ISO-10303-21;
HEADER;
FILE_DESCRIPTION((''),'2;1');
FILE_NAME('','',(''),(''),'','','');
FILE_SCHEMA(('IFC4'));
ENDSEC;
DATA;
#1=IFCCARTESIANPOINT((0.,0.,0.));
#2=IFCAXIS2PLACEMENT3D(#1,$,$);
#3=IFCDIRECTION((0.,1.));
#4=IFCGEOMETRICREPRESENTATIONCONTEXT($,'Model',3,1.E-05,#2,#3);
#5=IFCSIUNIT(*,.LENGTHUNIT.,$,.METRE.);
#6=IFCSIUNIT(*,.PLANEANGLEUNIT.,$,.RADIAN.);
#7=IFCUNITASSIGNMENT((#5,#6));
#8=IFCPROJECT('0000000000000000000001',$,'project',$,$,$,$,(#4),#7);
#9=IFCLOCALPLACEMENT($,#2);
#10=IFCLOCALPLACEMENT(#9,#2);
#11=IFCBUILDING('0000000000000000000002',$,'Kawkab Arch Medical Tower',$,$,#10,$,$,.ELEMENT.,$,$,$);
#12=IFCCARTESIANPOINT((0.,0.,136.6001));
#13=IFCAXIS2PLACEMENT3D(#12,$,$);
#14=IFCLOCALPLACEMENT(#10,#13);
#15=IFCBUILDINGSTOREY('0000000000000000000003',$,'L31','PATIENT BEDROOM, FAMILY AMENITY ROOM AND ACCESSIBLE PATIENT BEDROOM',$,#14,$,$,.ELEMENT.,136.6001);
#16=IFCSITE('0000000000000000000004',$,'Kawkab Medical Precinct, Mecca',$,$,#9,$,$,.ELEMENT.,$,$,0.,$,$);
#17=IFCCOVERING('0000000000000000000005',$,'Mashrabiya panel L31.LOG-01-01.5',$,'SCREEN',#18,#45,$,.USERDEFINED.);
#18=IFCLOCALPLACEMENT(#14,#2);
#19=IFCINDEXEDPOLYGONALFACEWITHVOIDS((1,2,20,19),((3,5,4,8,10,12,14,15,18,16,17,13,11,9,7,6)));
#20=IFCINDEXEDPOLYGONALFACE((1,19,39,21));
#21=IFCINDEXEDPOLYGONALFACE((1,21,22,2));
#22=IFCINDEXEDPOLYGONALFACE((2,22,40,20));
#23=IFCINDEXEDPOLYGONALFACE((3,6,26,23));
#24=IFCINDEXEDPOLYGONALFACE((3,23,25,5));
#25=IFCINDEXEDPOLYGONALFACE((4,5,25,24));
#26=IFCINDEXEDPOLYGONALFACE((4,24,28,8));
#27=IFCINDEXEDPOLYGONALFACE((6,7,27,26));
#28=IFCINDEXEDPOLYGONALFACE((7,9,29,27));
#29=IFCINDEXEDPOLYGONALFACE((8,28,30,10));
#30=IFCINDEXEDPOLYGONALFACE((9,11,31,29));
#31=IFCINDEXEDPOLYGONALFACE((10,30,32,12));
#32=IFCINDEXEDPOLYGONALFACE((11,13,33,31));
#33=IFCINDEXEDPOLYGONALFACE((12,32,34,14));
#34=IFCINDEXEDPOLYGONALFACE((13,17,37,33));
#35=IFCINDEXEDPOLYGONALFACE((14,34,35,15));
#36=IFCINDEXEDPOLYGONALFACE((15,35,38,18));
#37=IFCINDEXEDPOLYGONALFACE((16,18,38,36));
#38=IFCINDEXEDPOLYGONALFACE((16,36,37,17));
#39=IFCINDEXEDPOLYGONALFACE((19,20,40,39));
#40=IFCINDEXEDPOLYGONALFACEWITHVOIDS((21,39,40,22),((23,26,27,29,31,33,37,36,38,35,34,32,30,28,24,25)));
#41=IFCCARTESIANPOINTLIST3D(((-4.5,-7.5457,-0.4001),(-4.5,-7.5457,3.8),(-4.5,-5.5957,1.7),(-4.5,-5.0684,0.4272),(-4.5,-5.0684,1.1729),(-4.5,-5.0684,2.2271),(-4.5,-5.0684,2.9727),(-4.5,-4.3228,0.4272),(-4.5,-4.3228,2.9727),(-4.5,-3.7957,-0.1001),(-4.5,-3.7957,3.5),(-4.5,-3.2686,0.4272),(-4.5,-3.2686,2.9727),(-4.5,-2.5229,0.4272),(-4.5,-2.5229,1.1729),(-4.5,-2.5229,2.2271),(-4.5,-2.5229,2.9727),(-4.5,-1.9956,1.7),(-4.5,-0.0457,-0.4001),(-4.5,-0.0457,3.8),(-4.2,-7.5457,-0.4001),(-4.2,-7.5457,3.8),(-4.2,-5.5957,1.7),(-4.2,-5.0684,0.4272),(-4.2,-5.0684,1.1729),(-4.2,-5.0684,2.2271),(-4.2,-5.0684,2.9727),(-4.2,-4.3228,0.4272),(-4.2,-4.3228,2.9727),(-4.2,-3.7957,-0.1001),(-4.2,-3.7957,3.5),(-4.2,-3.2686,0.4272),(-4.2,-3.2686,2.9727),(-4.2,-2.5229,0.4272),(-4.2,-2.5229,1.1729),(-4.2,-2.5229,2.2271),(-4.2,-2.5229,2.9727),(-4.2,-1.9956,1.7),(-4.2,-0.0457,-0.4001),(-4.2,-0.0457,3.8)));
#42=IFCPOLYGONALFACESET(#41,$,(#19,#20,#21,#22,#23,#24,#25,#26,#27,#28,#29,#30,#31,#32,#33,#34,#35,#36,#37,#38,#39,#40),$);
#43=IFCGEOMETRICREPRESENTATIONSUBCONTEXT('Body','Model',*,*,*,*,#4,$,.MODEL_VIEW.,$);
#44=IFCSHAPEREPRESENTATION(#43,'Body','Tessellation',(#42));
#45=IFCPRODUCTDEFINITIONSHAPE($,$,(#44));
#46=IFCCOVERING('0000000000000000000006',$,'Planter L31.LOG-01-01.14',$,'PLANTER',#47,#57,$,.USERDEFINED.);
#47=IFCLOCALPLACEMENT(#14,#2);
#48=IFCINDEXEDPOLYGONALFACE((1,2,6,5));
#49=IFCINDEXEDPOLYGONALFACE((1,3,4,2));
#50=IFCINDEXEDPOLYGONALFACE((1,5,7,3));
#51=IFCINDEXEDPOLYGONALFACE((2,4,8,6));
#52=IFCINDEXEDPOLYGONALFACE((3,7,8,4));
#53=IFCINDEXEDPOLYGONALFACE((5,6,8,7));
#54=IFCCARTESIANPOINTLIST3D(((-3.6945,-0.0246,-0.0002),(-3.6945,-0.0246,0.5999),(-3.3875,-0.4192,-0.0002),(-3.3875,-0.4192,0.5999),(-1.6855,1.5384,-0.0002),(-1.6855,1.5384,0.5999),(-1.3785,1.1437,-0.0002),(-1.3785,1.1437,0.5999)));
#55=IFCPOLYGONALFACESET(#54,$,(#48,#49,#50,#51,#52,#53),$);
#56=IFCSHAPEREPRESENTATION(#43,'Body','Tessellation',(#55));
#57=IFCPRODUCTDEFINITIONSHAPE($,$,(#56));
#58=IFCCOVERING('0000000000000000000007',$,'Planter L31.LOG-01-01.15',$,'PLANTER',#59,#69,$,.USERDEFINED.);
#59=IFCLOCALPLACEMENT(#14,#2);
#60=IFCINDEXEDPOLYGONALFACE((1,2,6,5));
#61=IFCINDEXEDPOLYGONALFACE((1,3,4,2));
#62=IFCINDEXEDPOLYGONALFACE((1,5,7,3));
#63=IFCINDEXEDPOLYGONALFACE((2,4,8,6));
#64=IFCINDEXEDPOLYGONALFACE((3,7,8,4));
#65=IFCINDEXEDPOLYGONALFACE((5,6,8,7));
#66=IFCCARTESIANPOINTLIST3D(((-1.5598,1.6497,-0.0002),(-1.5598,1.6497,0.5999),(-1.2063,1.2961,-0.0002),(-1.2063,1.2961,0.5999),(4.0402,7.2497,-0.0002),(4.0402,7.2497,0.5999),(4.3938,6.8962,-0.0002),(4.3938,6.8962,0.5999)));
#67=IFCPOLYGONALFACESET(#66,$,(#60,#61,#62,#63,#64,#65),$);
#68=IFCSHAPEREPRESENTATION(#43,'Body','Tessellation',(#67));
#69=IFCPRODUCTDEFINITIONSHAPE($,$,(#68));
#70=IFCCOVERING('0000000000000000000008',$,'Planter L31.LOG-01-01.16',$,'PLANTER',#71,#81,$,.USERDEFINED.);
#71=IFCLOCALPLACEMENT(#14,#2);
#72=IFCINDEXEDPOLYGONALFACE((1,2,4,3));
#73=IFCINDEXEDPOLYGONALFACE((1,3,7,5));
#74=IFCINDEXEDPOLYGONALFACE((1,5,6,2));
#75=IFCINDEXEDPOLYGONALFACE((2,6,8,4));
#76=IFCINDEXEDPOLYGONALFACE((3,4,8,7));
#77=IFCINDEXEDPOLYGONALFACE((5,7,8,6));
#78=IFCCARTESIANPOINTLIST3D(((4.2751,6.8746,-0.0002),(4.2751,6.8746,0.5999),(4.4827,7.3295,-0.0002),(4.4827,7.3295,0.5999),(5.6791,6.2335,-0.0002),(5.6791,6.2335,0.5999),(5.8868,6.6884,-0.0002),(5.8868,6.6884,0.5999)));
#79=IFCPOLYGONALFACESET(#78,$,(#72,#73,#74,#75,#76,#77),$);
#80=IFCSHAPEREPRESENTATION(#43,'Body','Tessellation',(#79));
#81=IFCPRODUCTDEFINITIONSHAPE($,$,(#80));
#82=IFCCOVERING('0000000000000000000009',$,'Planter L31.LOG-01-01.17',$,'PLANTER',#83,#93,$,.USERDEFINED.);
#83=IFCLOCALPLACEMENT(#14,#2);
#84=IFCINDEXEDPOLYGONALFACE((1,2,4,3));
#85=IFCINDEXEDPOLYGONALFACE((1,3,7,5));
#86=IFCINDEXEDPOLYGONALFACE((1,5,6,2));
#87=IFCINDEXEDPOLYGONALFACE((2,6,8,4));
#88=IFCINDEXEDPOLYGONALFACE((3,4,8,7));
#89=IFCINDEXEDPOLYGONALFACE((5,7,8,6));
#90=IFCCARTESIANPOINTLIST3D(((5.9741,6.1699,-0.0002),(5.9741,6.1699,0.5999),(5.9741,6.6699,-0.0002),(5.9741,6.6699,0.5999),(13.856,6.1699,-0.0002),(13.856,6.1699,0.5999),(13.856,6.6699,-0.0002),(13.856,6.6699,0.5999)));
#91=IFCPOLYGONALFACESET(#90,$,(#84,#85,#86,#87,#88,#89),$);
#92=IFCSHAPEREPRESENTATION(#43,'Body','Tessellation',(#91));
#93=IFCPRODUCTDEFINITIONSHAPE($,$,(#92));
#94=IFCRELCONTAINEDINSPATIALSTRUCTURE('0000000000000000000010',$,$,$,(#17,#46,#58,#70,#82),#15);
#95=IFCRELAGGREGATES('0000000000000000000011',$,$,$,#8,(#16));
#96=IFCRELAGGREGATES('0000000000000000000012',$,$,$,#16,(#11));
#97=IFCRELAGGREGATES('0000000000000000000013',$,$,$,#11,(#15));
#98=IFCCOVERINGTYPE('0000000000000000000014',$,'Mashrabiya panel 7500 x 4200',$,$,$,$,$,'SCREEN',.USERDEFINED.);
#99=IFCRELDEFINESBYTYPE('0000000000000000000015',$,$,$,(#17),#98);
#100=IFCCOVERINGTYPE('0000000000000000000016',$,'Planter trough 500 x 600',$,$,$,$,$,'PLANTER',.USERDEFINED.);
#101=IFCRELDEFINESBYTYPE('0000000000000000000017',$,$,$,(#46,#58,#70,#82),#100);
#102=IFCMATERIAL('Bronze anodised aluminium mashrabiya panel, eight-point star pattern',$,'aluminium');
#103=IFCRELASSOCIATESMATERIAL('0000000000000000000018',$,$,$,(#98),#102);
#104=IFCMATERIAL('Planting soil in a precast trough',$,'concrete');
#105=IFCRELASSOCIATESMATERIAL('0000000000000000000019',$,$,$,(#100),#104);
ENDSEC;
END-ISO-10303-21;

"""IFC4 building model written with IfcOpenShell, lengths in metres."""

from ifc_helpers import new_model, si_unit, direction, frame, origin, origin_2d, place, context, subcontext, project, spatial, polyline, rectangle, outline, extrude, material, material_profile, profile_set, type_object, element, save


model = new_model("IFC4")

# Units and contexts
model_context = context("Model", 3, precision=1e-05, world=origin(), true_north=direction((0.0, 1.0)))
body_context = subcontext(model_context, "Body", "Model", "MODEL_VIEW")
ifc_project = project(units=[si_unit("LENGTHUNIT", "METRE"), si_unit("PLANEANGLEUNIT", "RADIAN")], contexts=[model_context])

# Site, building, storey
site_placement = place(None, origin())
site = spatial("IfcSite", under=ifc_project, at=site_placement, Name="Kawkab Medical Precinct, Mecca", CompositionType="ELEMENT", RefElevation=0.0)
building_placement = place(site_placement, origin())
building = spatial("IfcBuilding", under=site, at=building_placement, Name="Kawkab Arch Medical Tower", CompositionType="ELEMENT")
storey_placement = place(building_placement, frame((0.0, 0.0, 136.6001)))
storey = spatial("IfcBuildingStorey", under=building, at=storey_placement, Name="L31", Description="PATIENT BEDROOM, FAMILY AMENITY ROOM AND ACCESSIBLE PATIENT BEDROOM", CompositionType="ELEMENT", Elevation=136.6001)

# Coverings
ifc_material_1 = material(Name="Bronze anodised aluminium mashrabiya panel, eight-point star pattern", Category="aluminium")
ifc_material_profile_1 = material_profile(ifc_material_1, outline(polyline([(-3.75, -2.1001), (3.75, -2.1001), (3.75, 2.1001), (-3.75, 2.1001), (-3.75, -2.1001)]), holes=[polyline([(1.8, 0.0), (1.2727, 0.5271), (1.2727, 1.2727), (0.5271, 1.2727), (0.0, 1.8), (-0.5271, 1.2727), (-1.2727, 1.2727), (-1.2727, 0.5271), (-1.8, 0.0), (-1.2727, -0.5271), (-1.2727, -1.2727), (-0.5271, -1.2727), (0.0, -1.8), (0.5271, -1.2727), (1.2727, -1.2727), (1.2727, -0.5271), (1.8, 0.0)])]), Name="Mashrabiya panel 7500x4200")
ifc_profile_set_1 = profile_set([ifc_material_profile_1], Name="Bronze anodised aluminium mashrabiya panel, eight-point star pattern")
covering_type_1 = type_object("IfcCoveringType", Name="Mashrabiya panel 7500 x 4200", ElementType="SCREEN", PredefinedType="USERDEFINED", material=ifc_profile_set_1)
covering_1_placement = place(storey_placement, frame((-4.2, -3.7957, 1.7), z_axis=(-1.0, 0.0, 0.0), x_axis=(0.0, -1.0, 0.0)))
element("IfcCovering", 1, at=covering_1_placement, inside=storey, type_object=covering_type_1, Name="Mashrabiya panel L31.LOG-01-01.5", ObjectType="SCREEN", PredefinedType="USERDEFINED", context=body_context, shape_type="SweptSolid", body=[
    extrude(outline(polyline([(-3.75, -2.1001), (3.75, -2.1001), (3.75, 2.1001), (-3.75, 2.1001), (-3.75, -2.1001)]), holes=[polyline([(1.8, 0.0), (1.2727, 0.5271), (1.2727, 1.2727), (0.5271, 1.2727), (0.0, 1.8), (-0.5271, 1.2727), (-1.2727, 1.2727), (-1.2727, 0.5271), (-1.8, 0.0), (-1.2727, -0.5271), (-1.2727, -1.2727), (-0.5271, -1.2727), (0.0, -1.8), (0.5271, -1.2727), (1.2727, -1.2727), (1.2727, -0.5271), (1.8, 0.0)])]), origin(), (0.0, 0.0, 1.0), 0.3),
])
ifc_material_2 = material(Name="Planting soil in a precast trough", Category="concrete")
ifc_material_profile_2 = material_profile(ifc_material_2, rectangle(XDim=0.5, YDim=0.6001, at=origin_2d()), Name="Trough 500x600")
ifc_profile_set_2 = profile_set([ifc_material_profile_2], Name="Planting soil in a precast trough")
covering_type_2 = type_object("IfcCoveringType", Name="Planter trough 500 x 600", ElementType="PLANTER", PredefinedType="USERDEFINED", material=ifc_profile_set_2)
covering_2_placement = place(storey_placement, frame((-3.541, -0.2219, 0.2998), z_axis=(0.789275, 0.61404, 0.0), x_axis=(-0.61404, 0.789275, 0.0)))
element("IfcCovering", 2, at=covering_2_placement, inside=storey, type_object=covering_type_2, Name="Planter L31.LOG-01-01.14", ObjectType="PLANTER", PredefinedType="USERDEFINED", context=body_context, shape_type="SweptSolid", body=[
    extrude(rectangle(XDim=0.5, YDim=0.6001, at=origin_2d()), origin(), (0.0, 0.0, 1.0), 2.5454),
])
covering_3_placement = place(storey_placement, frame((-1.3831, 1.4729, 0.2998), z_axis=(0.707107, 0.707107, 0.0), x_axis=(-0.707107, 0.707107, 0.0)))
element("IfcCovering", 3, at=covering_3_placement, inside=storey, type_object=covering_type_2, Name="Planter L31.LOG-01-01.15", ObjectType="PLANTER", PredefinedType="USERDEFINED", context=body_context, shape_type="SweptSolid", body=[
    extrude(rectangle(XDim=0.5, YDim=0.6001, at=origin_2d()), origin(), (0.0, 0.0, 1.0), 7.9197),
])
covering_4_placement = place(storey_placement, frame((4.3789, 7.1021, 0.2998), z_axis=(0.909656, -0.415363, 0.0), x_axis=(0.415363, 0.909656, 0.0)))
element("IfcCovering", 4, at=covering_4_placement, inside=storey, type_object=covering_type_2, Name="Planter L31.LOG-01-01.16", ObjectType="PLANTER", PredefinedType="USERDEFINED", context=body_context, shape_type="SweptSolid", body=[
    extrude(rectangle(XDim=0.5, YDim=0.6001, at=origin_2d()), origin(), (0.0, 0.0, 1.0), 1.5435),
])
covering_5_placement = place(storey_placement, frame((5.9741, 6.4199, 0.2998), z_axis=(1.0, 0.0, 0.0), x_axis=(0.0, 1.0, 0.0)))
element("IfcCovering", 5, at=covering_5_placement, inside=storey, type_object=covering_type_2, Name="Planter L31.LOG-01-01.17", ObjectType="PLANTER", PredefinedType="USERDEFINED", context=body_context, shape_type="SweptSolid", body=[
    extrude(rectangle(XDim=0.5, YDim=0.6001, at=origin_2d()), origin(), (0.0, 0.0, 1.0), 7.8818),
])

save(model, "model.ifc")
